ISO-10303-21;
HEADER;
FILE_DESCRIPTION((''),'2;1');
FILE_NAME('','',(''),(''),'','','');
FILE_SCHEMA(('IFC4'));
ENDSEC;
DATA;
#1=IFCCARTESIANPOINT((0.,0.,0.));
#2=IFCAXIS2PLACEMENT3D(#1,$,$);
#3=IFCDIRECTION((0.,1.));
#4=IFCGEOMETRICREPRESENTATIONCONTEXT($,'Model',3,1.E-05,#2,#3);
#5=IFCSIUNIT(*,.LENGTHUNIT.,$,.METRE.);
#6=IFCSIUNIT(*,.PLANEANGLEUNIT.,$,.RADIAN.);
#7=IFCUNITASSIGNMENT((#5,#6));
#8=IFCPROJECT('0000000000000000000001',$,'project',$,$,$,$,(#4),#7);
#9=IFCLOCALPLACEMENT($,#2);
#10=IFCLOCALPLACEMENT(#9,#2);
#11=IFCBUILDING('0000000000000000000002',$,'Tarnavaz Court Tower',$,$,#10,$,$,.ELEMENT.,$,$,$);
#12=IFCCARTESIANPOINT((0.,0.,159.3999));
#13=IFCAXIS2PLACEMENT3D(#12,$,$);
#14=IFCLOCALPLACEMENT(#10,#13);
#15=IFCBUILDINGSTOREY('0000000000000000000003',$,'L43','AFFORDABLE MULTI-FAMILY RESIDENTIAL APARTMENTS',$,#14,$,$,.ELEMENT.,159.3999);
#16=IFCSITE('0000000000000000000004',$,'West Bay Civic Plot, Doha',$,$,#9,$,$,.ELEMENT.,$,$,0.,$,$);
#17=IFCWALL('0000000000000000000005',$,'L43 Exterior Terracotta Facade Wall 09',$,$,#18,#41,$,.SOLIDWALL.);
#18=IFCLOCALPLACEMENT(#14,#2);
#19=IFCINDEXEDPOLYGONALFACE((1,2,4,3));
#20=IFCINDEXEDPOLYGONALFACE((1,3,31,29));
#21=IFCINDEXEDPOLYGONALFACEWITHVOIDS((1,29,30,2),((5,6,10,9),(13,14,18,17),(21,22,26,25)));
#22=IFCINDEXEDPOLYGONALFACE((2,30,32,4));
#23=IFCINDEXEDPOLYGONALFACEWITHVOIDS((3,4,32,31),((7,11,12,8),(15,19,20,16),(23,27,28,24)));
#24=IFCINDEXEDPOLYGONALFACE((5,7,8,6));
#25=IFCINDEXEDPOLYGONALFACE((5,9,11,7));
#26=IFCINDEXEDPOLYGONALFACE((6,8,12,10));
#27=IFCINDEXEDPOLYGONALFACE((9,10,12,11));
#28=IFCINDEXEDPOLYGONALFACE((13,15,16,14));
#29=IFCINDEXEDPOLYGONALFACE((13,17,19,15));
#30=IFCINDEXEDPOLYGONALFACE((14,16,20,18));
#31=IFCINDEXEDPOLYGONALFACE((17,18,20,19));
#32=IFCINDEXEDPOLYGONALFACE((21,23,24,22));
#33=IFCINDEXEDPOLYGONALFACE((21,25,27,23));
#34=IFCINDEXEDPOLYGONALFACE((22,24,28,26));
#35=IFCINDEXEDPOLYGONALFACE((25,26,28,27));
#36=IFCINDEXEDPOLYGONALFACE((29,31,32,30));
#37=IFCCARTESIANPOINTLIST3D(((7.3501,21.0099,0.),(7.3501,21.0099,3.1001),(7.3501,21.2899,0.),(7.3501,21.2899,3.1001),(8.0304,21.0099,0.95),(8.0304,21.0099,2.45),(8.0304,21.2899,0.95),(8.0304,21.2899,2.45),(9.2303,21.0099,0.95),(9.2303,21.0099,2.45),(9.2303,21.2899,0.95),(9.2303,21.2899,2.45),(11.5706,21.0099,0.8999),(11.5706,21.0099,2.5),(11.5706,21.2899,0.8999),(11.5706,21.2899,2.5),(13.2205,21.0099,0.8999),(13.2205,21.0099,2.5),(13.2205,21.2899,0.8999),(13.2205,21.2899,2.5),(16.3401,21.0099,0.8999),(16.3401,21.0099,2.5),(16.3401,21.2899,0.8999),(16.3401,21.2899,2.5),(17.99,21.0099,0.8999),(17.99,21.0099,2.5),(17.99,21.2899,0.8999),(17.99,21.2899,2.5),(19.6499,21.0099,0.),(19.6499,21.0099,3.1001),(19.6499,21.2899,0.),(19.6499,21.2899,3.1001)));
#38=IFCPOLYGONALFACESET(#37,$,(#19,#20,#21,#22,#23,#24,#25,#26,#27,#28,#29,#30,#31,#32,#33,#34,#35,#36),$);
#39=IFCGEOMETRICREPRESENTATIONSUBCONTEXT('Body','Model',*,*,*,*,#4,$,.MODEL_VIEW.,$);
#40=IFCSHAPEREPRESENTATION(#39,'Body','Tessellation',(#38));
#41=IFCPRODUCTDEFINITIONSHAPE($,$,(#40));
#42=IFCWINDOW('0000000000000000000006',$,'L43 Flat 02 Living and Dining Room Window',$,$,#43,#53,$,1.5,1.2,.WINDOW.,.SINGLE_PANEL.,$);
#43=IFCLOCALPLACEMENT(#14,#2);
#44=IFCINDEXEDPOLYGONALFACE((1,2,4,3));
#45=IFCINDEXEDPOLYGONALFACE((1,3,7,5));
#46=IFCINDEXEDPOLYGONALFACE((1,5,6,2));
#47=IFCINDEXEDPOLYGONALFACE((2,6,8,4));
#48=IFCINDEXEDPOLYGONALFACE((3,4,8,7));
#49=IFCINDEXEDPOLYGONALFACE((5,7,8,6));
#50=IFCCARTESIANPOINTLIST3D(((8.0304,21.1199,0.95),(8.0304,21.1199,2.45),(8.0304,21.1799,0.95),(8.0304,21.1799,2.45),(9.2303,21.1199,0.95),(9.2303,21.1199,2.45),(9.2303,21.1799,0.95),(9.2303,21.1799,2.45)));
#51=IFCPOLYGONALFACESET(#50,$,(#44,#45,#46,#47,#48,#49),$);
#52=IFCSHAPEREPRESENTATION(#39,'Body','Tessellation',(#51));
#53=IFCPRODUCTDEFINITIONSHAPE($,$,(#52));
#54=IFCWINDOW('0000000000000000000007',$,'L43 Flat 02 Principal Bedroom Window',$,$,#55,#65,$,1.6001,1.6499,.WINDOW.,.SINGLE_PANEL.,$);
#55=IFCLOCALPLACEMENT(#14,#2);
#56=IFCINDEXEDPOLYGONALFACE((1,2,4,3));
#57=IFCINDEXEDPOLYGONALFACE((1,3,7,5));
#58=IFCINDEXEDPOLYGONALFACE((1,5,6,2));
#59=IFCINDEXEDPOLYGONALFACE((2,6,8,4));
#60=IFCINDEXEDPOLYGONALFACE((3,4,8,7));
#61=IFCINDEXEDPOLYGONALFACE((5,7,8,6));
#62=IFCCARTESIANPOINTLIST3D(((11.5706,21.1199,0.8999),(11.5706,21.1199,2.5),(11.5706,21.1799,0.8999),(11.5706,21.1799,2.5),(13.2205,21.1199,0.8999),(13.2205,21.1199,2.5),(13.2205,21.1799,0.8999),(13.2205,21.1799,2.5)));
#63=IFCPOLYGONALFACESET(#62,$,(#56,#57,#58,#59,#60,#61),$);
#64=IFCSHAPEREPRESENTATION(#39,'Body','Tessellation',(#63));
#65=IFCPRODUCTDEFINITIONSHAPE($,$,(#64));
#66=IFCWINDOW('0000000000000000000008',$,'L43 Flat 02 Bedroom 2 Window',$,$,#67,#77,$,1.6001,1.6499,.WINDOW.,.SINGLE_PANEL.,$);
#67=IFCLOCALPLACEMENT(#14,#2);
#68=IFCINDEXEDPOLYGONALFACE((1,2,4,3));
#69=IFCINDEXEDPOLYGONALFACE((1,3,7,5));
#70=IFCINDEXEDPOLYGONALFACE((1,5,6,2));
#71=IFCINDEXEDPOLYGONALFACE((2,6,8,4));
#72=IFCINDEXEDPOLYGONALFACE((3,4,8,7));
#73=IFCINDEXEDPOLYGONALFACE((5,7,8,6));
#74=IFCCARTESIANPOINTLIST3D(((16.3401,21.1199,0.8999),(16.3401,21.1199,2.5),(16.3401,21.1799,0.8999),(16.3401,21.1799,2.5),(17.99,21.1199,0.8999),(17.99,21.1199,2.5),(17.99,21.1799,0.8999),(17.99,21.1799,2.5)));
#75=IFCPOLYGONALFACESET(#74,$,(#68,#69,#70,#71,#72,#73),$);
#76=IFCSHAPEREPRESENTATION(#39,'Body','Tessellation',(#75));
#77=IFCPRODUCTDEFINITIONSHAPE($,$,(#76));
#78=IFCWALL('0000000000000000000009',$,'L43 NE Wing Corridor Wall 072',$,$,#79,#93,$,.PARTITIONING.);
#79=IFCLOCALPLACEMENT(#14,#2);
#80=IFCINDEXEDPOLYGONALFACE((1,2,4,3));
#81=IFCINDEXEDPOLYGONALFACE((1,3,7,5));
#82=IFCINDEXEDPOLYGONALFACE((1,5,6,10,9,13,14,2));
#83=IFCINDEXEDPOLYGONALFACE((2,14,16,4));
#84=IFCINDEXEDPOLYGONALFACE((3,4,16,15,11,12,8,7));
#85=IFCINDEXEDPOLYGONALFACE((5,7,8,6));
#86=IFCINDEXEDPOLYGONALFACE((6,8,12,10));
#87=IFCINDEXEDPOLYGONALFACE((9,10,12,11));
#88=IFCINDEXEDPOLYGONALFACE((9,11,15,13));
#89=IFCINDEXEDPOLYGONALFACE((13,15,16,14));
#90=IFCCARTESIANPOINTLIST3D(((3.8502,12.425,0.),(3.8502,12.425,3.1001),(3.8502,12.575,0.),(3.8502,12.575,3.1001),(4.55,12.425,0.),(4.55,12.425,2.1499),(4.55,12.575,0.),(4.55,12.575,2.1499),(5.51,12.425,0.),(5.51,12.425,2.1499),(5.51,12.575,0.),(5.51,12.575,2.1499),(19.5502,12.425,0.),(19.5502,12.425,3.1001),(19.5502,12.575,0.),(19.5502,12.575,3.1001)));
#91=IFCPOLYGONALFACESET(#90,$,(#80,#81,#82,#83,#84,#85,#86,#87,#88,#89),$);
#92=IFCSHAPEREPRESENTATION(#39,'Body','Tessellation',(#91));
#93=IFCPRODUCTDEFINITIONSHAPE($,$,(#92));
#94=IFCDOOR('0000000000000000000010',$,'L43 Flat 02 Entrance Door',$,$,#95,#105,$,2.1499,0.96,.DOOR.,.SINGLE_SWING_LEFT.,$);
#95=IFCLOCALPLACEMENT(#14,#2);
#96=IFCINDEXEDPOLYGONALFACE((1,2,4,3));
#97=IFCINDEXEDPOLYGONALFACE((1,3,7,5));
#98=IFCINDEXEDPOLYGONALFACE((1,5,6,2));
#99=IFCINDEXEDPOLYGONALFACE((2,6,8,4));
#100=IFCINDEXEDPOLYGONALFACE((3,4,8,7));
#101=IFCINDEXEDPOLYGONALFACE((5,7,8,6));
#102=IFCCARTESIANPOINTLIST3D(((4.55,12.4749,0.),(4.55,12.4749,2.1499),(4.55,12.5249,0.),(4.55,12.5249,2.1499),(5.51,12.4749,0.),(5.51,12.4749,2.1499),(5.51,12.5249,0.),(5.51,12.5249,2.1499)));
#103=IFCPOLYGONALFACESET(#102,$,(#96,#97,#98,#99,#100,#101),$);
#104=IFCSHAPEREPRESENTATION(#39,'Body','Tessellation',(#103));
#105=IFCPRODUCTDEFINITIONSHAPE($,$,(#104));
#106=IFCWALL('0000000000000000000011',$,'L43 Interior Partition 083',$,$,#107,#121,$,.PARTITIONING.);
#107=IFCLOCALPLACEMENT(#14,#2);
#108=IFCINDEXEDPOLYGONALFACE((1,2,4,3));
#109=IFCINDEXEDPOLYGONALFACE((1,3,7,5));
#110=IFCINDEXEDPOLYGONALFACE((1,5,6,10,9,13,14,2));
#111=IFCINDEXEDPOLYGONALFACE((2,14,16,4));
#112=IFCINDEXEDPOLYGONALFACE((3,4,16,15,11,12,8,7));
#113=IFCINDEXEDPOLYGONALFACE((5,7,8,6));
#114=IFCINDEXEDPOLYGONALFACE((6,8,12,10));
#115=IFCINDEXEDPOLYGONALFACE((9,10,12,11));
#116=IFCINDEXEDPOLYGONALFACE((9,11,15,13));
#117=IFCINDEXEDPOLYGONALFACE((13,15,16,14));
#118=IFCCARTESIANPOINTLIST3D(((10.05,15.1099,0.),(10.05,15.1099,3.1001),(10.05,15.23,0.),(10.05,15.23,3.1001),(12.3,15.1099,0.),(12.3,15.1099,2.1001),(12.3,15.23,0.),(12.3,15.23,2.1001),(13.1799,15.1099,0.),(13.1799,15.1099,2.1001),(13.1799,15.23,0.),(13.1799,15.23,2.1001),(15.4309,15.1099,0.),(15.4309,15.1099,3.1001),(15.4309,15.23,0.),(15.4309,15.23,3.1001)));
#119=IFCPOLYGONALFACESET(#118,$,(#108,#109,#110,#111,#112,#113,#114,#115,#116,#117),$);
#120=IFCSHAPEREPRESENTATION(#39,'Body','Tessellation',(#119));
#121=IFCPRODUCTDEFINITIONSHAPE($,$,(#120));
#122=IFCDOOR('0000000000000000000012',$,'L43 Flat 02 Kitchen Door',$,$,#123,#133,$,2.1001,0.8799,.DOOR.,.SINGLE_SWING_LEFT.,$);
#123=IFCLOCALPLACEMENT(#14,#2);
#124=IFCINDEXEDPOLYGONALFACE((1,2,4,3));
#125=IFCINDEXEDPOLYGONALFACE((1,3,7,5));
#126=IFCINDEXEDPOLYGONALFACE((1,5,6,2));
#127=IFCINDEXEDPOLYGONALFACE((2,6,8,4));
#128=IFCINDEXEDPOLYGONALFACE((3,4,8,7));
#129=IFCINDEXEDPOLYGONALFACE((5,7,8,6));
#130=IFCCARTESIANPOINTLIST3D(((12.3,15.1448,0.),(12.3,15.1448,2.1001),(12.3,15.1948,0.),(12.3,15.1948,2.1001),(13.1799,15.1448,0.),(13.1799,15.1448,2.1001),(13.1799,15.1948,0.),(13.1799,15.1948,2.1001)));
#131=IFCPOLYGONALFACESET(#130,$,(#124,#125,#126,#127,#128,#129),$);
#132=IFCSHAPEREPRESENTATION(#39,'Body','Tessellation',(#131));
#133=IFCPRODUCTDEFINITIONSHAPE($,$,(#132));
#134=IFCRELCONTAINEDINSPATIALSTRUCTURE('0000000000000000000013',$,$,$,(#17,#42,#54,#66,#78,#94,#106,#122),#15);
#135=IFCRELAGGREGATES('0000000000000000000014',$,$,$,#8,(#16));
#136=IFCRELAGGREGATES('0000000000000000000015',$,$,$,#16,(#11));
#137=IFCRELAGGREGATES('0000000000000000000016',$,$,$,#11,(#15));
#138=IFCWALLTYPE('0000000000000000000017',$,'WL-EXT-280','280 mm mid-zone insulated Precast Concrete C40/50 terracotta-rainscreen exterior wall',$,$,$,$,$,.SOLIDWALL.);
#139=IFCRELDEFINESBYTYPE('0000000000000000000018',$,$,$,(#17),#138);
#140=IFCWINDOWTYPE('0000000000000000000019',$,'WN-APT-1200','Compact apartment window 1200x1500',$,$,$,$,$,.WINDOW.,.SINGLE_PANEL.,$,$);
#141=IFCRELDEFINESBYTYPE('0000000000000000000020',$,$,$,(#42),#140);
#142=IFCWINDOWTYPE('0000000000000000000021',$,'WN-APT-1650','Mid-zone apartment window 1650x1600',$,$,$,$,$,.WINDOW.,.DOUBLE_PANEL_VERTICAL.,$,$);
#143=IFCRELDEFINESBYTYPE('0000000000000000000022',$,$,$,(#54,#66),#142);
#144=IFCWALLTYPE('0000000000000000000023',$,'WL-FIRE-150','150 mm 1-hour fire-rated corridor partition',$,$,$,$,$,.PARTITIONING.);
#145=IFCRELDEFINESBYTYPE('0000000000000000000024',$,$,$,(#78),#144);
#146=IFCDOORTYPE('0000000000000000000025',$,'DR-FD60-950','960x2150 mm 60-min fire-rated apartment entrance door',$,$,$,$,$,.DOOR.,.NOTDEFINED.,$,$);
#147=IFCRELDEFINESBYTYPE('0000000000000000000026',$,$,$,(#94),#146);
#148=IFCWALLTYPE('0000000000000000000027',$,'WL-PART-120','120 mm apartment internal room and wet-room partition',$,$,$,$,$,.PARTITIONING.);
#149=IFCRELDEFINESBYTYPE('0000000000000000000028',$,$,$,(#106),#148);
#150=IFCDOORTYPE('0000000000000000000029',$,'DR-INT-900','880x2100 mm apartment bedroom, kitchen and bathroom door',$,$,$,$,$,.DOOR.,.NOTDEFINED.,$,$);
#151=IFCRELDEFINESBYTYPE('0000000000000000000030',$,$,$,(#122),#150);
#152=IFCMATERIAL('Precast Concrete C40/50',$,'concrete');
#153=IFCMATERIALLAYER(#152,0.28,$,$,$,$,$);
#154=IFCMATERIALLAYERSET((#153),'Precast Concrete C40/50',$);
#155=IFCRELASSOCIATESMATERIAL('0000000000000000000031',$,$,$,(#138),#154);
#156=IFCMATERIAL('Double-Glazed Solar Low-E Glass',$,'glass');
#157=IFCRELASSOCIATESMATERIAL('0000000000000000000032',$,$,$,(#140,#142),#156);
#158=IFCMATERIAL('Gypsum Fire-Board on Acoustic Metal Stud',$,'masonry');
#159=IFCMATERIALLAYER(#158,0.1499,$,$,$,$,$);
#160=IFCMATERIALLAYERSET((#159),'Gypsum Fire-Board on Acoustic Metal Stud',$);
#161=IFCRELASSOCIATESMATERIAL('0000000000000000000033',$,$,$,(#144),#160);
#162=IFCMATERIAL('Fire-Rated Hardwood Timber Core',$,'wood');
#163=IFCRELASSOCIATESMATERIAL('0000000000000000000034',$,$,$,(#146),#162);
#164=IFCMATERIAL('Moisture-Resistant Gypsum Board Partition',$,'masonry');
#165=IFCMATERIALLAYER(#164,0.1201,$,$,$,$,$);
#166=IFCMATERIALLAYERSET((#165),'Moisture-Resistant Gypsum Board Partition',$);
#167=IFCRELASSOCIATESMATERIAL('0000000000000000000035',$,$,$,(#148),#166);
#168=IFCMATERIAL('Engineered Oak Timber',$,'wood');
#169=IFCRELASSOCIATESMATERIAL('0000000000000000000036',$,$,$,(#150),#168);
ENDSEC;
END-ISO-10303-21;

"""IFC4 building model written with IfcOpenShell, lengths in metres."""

from ifc_helpers import new_model, si_unit, direction, frame, frame_2d, origin, place, context, subcontext, project, spatial, rectangle, extrude, material, layer, layer_set, type_object, element, fill, save


model = new_model("IFC4")

# Units and contexts
model_context = context("Model", 3, precision=1e-05, world=origin(), true_north=direction((0.0, 1.0)))
body_context = subcontext(model_context, "Body", "Model", "MODEL_VIEW")
ifc_project = project(units=[si_unit("LENGTHUNIT", "METRE"), si_unit("PLANEANGLEUNIT", "RADIAN")], contexts=[model_context])

# Site, building, storey
site_placement = place(None, origin())
site = spatial("IfcSite", under=ifc_project, at=site_placement, Name="West Bay Civic Plot, Doha", CompositionType="ELEMENT", RefElevation=0.0)
building_placement = place(site_placement, origin())
building = spatial("IfcBuilding", under=site, at=building_placement, Name="Tarnavaz Court Tower", CompositionType="ELEMENT")
storey_placement = place(building_placement, frame((0.0, 0.0, 159.3999)))
storey = spatial("IfcBuildingStorey", under=building, at=storey_placement, Name="L43", Description="AFFORDABLE MULTI-FAMILY RESIDENTIAL APARTMENTS", CompositionType="ELEMENT", Elevation=159.3999)

# Shared definitions
ifc_material_1 = material(Name="Double-Glazed Solar Low-E Glass", Category="glass")

# Shared definitions
ifc_material_2 = material(Name="Precast Concrete C40/50", Category="concrete")
ifc_layer_1 = layer(ifc_material_2, 0.28)
ifc_layer_set_1 = layer_set([ifc_layer_1], Name="Precast Concrete C40/50")
wall_type_1 = type_object("IfcWallType", Name="WL-EXT-280", Description="280 mm mid-zone insulated Precast Concrete C40/50 terracotta-rainscreen exterior wall", PredefinedType="SOLIDWALL", material=ifc_layer_set_1)
window_type_1 = type_object("IfcWindowType", Name="WN-APT-1200", Description="Compact apartment window 1200x1500", PartitioningType="SINGLE_PANEL", PredefinedType="WINDOW", material=ifc_material_1)

# Wall, openings, windows
wall_1_placement = place(storey_placement, frame((7.3501, 21.1499, 0.0), z_axis=(0.0, 0.0, 1.0), x_axis=(1.0, 0.0, 0.0)))
wall_1 = element("IfcWall", 1, at=wall_1_placement, inside=storey, type_object=wall_type_1, Name="L43 Exterior Terracotta Facade Wall 09", PredefinedType="SOLIDWALL", context=body_context, shape_type="SweptSolid", body=[
    extrude(rectangle(XDim=12.2998, YDim=0.28, at=frame_2d((6.1499, 0.0))), origin(), (0.0, 0.0, 1.0), 3.1001),
])
opening_1_placement = place(wall_1_placement, frame((0.6802, 0.0, 0.95)))
opening_1 = element("IfcOpeningElement", 2, at=opening_1_placement, cuts=wall_1, PredefinedType="OPENING", context=body_context, shape_type="SweptSolid", body=[
    extrude(rectangle(XDim=1.2, YDim=1.5, at=frame_2d((0.6001, 0.75))), frame((0.0, 0.1499, 0.0), z_axis=(0.0, -1.0, 0.0), x_axis=(1.0, 0.0, 0.0)), (0.0, 0.0, 1.0), 0.3),
])
opening_2_placement = place(wall_1_placement, frame((4.2205, 0.0, 0.8999)))
opening_2 = element("IfcOpeningElement", 3, at=opening_2_placement, cuts=wall_1, PredefinedType="OPENING", context=body_context, shape_type="SweptSolid", body=[
    extrude(rectangle(XDim=1.6499, YDim=1.6001, at=frame_2d((0.825, 0.8))), frame((0.0, 0.1499, 0.0), z_axis=(0.0, -1.0, 0.0), x_axis=(1.0, 0.0, 0.0)), (0.0, 0.0, 1.0), 0.3),
])
opening_3_placement = place(wall_1_placement, frame((8.99, 0.0, 0.8999)))
opening_3 = element("IfcOpeningElement", 4, at=opening_3_placement, cuts=wall_1, PredefinedType="OPENING", context=body_context, shape_type="SweptSolid", body=[
    extrude(rectangle(XDim=1.6499, YDim=1.6001, at=frame_2d((0.825, 0.8))), frame((0.0, 0.1499, 0.0), z_axis=(0.0, -1.0, 0.0), x_axis=(1.0, 0.0, 0.0)), (0.0, 0.0, 1.0), 0.3),
])
window_1_placement = place(opening_1_placement, origin())
window_1 = element("IfcWindow", 5, at=window_1_placement, inside=storey, type_object=window_type_1, Name="L43 Flat 02 Living and Dining Room Window", OverallHeight=1.5, OverallWidth=1.2, PartitioningType="SINGLE_PANEL", PredefinedType="WINDOW", context=body_context, shape_type="SweptSolid", body=[
    extrude(rectangle(XDim=1.2, YDim=1.5, at=frame_2d((0.6001, 0.75))), frame((0.0, 0.03, 0.0), z_axis=(0.0, -1.0, 0.0), x_axis=(1.0, 0.0, 0.0)), (0.0, 0.0, 1.0), 0.0601),
])
fill(opening_1, window_1)
window_type_2 = type_object("IfcWindowType", Name="WN-APT-1650", Description="Mid-zone apartment window 1650x1600", PartitioningType="DOUBLE_PANEL_VERTICAL", PredefinedType="WINDOW", material=ifc_material_1)
window_2_placement = place(opening_2_placement, origin())
window_2 = element("IfcWindow", 6, at=window_2_placement, inside=storey, type_object=window_type_2, Name="L43 Flat 02 Principal Bedroom Window", OverallHeight=1.6001, OverallWidth=1.6499, PartitioningType="SINGLE_PANEL", PredefinedType="WINDOW", context=body_context, shape_type="SweptSolid", body=[
    extrude(rectangle(XDim=1.6499, YDim=1.6001, at=frame_2d((0.825, 0.8))), frame((0.0, 0.03, 0.0), z_axis=(0.0, -1.0, 0.0), x_axis=(1.0, 0.0, 0.0)), (0.0, 0.0, 1.0), 0.0601),
])
fill(opening_2, window_2)
window_3_placement = place(opening_3_placement, origin())
window_3 = element("IfcWindow", 7, at=window_3_placement, inside=storey, type_object=window_type_2, Name="L43 Flat 02 Bedroom 2 Window", OverallHeight=1.6001, OverallWidth=1.6499, PartitioningType="SINGLE_PANEL", PredefinedType="WINDOW", context=body_context, shape_type="SweptSolid", body=[
    extrude(rectangle(XDim=1.6499, YDim=1.6001, at=frame_2d((0.825, 0.8))), frame((0.0, 0.03, 0.0), z_axis=(0.0, -1.0, 0.0), x_axis=(1.0, 0.0, 0.0)), (0.0, 0.0, 1.0), 0.0601),
])
fill(opening_3, window_3)

# Walls, openings, doors
ifc_material_3 = material(Name="Gypsum Fire-Board on Acoustic Metal Stud", Category="masonry")
ifc_layer_2 = layer(ifc_material_3, 0.1499)
ifc_layer_set_2 = layer_set([ifc_layer_2], Name="Gypsum Fire-Board on Acoustic Metal Stud")
wall_type_2 = type_object("IfcWallType", Name="WL-FIRE-150", Description="150 mm 1-hour fire-rated corridor partition", PredefinedType="PARTITIONING", material=ifc_layer_set_2)
wall_2_placement = place(storey_placement, frame((3.8501, 12.5, 0.0), z_axis=(0.0, 0.0, 1.0), x_axis=(1.0, 0.0, 0.0)))
wall_2 = element("IfcWall", 8, at=wall_2_placement, inside=storey, type_object=wall_type_2, Name="L43 NE Wing Corridor Wall 072", PredefinedType="PARTITIONING", context=body_context, shape_type="SweptSolid", body=[
    extrude(rectangle(XDim=15.7, YDim=0.1499, at=frame_2d((7.8501, 0.0))), origin(), (0.0, 0.0, 1.0), 3.1001),
])
opening_4_placement = place(wall_2_placement, frame((0.7, 0.0, 0.0)))
opening_4 = element("IfcOpeningElement", 9, at=opening_4_placement, cuts=wall_2, PredefinedType="OPENING", context=body_context, shape_type="SweptSolid", body=[
    extrude(rectangle(XDim=0.96, YDim=2.1499, at=frame_2d((0.48, 1.075))), frame((0.0, 0.085, 0.0), z_axis=(0.0, -1.0, 0.0), x_axis=(1.0, 0.0, 0.0)), (0.0, 0.0, 1.0), 0.1699),
])
ifc_material_4 = material(Name="Fire-Rated Hardwood Timber Core", Category="wood")
door_type_1 = type_object("IfcDoorType", Name="DR-FD60-950", Description="960x2150 mm 60-min fire-rated apartment entrance door", OperationType="NOTDEFINED", PredefinedType="DOOR", material=ifc_material_4)
door_1_placement = place(opening_4_placement, origin())
door_1 = element("IfcDoor", 10, at=door_1_placement, inside=storey, type_object=door_type_1, Name="L43 Flat 02 Entrance Door", OperationType="SINGLE_SWING_LEFT", OverallHeight=2.1499, OverallWidth=0.96, PredefinedType="DOOR", context=body_context, shape_type="SweptSolid", body=[
    extrude(rectangle(XDim=0.96, YDim=2.1499, at=frame_2d((0.48, 1.075))), frame((0.0, 0.0249, 0.0), z_axis=(0.0, -1.0, 0.0), x_axis=(1.0, 0.0, 0.0)), (0.0, 0.0, 1.0), 0.05),
])
fill(opening_4, door_1)
ifc_material_5 = material(Name="Moisture-Resistant Gypsum Board Partition", Category="masonry")
ifc_layer_3 = layer(ifc_material_5, 0.1201)
ifc_layer_set_3 = layer_set([ifc_layer_3], Name="Moisture-Resistant Gypsum Board Partition")
wall_type_3 = type_object("IfcWallType", Name="WL-PART-120", Description="120 mm apartment internal room and wet-room partition", PredefinedType="PARTITIONING", material=ifc_layer_set_3)
wall_3_placement = place(storey_placement, frame((10.05, 15.1699, 0.0), z_axis=(0.0, 0.0, 1.0), x_axis=(1.0, 0.0, 0.0)))
wall_3 = element("IfcWall", 11, at=wall_3_placement, inside=storey, type_object=wall_type_3, Name="L43 Interior Partition 083", PredefinedType="PARTITIONING", context=body_context, shape_type="SweptSolid", body=[
    extrude(rectangle(XDim=5.3809, YDim=0.1201, at=frame_2d((2.6904, 0.0))), origin(), (0.0, 0.0, 1.0), 3.1001),
])
opening_5_placement = place(wall_3_placement, frame((2.25, 0.0, 0.0)))
opening_5 = element("IfcOpeningElement", 12, at=opening_5_placement, cuts=wall_3, PredefinedType="OPENING", context=body_context, shape_type="SweptSolid", body=[
    extrude(rectangle(XDim=0.8799, YDim=2.1001, at=frame_2d((0.4399, 1.05))), frame((0.0, 0.0701, 0.0), z_axis=(0.0, -1.0, 0.0), x_axis=(1.0, 0.0, 0.0)), (0.0, 0.0, 1.0), 0.1401),
])
ifc_material_6 = material(Name="Engineered Oak Timber", Category="wood")
door_type_2 = type_object("IfcDoorType", Name="DR-INT-900", Description="880x2100 mm apartment bedroom, kitchen and bathroom door", OperationType="NOTDEFINED", PredefinedType="DOOR", material=ifc_material_6)
door_2_placement = place(opening_5_placement, origin())
door_2 = element("IfcDoor", 13, at=door_2_placement, inside=storey, type_object=door_type_2, Name="L43 Flat 02 Kitchen Door", OperationType="SINGLE_SWING_LEFT", OverallHeight=2.1001, OverallWidth=0.8799, PredefinedType="DOOR", context=body_context, shape_type="SweptSolid", body=[
    extrude(rectangle(XDim=0.8799, YDim=2.1001, at=frame_2d((0.4399, 1.05))), frame((0.0, 0.0249, 0.0), z_axis=(0.0, -1.0, 0.0), x_axis=(1.0, 0.0, 0.0)), (0.0, 0.0, 1.0), 0.05),
])
fill(opening_5, door_2)

save(model, "model.ifc")
